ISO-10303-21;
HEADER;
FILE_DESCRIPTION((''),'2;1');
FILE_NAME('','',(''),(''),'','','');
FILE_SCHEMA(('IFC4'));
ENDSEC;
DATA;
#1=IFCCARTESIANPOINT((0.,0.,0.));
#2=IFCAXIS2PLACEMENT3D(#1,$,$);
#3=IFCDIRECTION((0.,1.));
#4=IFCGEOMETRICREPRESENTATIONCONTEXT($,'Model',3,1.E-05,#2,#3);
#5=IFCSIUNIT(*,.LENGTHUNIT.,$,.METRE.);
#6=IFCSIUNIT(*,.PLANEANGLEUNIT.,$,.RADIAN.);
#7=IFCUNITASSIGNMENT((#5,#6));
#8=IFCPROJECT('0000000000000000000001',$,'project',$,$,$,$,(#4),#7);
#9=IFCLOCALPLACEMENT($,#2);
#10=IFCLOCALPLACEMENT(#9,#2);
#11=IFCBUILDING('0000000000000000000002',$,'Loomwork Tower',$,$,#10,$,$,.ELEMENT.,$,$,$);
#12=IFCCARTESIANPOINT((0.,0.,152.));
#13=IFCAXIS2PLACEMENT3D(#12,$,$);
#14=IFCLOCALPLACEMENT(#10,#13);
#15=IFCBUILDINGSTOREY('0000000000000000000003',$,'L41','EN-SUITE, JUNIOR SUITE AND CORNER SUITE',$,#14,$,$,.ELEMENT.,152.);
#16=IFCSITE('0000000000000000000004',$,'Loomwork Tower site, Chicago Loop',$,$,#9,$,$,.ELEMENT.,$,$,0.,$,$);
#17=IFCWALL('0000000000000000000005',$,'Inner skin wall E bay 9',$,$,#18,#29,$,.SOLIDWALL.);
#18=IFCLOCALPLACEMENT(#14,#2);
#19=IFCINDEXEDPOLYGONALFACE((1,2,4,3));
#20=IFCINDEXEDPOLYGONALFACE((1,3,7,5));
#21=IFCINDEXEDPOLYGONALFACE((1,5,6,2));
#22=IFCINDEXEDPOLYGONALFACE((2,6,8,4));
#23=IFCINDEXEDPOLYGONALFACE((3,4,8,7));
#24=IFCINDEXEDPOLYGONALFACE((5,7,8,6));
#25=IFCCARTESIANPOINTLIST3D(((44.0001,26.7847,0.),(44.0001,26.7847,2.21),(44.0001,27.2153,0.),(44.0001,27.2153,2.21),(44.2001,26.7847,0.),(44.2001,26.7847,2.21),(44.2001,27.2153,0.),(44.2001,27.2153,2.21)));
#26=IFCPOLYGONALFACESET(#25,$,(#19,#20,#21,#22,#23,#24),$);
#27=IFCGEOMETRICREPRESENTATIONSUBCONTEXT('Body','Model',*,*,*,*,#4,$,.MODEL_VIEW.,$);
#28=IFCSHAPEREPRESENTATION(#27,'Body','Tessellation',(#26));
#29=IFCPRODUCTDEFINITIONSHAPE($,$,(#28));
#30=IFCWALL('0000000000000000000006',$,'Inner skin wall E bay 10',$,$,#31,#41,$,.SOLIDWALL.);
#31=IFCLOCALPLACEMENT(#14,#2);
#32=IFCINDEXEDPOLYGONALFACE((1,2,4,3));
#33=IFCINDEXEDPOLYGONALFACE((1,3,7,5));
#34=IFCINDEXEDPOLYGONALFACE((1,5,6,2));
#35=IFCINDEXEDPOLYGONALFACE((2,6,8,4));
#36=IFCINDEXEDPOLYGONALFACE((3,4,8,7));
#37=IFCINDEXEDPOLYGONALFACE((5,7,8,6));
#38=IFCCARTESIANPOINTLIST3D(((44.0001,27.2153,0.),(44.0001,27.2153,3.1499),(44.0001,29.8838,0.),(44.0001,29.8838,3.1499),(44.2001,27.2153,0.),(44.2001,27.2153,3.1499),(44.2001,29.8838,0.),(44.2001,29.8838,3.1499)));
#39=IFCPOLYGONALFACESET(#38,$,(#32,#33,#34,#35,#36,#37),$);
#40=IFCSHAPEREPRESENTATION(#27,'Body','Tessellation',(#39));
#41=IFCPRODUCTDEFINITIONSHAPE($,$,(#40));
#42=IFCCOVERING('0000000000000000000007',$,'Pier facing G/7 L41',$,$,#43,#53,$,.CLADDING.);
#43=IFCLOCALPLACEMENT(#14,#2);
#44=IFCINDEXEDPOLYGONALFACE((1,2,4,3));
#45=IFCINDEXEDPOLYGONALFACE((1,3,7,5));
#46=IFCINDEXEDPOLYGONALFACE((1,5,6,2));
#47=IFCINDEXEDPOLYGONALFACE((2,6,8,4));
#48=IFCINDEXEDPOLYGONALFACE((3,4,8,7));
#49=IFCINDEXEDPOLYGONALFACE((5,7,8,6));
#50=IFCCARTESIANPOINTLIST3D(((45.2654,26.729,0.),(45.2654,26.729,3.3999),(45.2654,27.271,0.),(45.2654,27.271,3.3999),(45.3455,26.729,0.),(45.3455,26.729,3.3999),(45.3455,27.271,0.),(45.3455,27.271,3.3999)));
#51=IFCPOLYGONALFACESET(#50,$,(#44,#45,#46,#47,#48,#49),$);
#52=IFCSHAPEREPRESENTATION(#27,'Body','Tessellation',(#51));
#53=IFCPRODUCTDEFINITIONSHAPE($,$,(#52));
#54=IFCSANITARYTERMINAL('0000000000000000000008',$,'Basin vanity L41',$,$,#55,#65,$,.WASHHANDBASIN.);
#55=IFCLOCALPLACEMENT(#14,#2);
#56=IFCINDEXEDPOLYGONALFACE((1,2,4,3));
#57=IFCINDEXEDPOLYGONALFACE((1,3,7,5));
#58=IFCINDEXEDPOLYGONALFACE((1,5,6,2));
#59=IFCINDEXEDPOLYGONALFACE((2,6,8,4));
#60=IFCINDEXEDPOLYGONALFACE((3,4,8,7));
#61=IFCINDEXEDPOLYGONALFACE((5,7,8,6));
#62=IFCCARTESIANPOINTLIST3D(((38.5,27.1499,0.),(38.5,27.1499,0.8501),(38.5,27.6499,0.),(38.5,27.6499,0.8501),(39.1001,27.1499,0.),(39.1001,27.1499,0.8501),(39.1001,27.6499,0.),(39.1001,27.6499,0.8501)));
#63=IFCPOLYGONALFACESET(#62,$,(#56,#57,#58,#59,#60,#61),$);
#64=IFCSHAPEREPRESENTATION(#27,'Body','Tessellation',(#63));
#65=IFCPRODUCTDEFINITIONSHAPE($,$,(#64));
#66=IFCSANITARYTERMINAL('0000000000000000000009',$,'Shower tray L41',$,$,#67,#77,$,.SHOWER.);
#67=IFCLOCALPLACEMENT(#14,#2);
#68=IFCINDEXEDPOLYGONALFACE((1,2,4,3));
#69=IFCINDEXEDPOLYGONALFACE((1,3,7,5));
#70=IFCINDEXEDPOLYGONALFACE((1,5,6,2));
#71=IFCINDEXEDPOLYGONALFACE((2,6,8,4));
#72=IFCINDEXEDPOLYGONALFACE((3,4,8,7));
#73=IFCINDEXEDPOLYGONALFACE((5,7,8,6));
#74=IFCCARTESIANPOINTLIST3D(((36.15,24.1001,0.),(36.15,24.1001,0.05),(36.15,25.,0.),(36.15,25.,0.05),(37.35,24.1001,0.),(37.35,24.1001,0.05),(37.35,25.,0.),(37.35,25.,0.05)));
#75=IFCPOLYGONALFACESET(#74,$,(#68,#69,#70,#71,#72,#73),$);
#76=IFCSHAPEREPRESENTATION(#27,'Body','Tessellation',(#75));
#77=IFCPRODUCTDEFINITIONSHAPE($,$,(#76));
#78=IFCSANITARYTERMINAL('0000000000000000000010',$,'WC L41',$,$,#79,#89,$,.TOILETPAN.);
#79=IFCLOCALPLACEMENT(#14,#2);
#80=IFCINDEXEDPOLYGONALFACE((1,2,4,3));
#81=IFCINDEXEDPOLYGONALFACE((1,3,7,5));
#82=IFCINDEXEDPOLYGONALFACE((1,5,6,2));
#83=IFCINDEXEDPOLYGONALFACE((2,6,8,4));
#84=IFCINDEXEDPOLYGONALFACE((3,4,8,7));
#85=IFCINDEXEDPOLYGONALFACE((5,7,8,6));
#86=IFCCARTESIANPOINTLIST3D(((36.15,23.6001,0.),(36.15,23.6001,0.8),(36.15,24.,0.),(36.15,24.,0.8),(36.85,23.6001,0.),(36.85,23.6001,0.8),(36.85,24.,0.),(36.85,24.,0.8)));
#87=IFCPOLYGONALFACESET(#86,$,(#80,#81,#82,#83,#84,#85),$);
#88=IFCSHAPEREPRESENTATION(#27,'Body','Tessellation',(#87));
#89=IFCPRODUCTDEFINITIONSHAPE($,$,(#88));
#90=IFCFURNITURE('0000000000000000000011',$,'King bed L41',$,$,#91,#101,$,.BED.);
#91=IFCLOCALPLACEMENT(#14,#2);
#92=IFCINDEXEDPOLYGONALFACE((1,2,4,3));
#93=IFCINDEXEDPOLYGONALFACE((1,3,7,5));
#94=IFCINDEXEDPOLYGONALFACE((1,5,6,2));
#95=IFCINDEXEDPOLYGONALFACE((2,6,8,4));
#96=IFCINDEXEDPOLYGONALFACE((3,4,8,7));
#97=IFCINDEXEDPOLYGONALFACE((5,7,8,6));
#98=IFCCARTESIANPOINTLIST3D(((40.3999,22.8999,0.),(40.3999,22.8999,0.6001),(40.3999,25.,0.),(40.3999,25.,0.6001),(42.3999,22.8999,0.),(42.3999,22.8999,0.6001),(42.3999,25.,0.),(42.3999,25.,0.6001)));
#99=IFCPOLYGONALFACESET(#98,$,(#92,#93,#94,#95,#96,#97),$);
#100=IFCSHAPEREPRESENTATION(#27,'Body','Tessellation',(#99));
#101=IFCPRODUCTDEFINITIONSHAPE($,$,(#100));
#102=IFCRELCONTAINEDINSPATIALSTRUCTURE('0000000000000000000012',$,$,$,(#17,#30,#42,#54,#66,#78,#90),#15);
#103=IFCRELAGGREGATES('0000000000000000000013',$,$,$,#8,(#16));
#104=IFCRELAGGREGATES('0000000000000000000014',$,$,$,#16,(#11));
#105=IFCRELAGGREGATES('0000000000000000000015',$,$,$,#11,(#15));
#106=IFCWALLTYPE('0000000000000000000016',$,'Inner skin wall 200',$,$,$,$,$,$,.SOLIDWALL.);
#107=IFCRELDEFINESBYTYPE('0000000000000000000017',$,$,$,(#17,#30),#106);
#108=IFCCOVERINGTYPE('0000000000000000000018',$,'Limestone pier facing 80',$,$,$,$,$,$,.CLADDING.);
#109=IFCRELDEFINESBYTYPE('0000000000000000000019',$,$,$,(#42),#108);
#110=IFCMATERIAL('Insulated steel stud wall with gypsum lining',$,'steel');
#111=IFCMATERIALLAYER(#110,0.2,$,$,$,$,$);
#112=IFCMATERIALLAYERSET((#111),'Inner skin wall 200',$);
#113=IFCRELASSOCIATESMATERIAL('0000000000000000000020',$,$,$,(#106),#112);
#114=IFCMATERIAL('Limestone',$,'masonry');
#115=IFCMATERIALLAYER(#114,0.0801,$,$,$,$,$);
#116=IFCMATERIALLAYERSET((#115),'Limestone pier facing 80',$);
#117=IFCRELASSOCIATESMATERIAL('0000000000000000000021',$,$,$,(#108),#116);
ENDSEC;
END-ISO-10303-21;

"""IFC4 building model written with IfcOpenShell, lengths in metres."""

from ifc_helpers import new_model, si_unit, direction, frame, frame_2d, origin, origin_2d, place, context, subcontext, project, spatial, rectangle, extrude, material, layer, layer_set, type_object, element, save


model = new_model("IFC4")

# Units and contexts
model_context = context("Model", 3, precision=1e-05, world=origin(), true_north=direction((0.0, 1.0)))
body_context = subcontext(model_context, "Body", "Model", "MODEL_VIEW")
ifc_project = project(units=[si_unit("LENGTHUNIT", "METRE"), si_unit("PLANEANGLEUNIT", "RADIAN")], contexts=[model_context])

# Site, building, storey
site_placement = place(None, origin())
site = spatial("IfcSite", under=ifc_project, at=site_placement, Name="Loomwork Tower site, Chicago Loop", CompositionType="ELEMENT", RefElevation=0.0)
building_placement = place(site_placement, origin())
building = spatial("IfcBuilding", under=site, at=building_placement, Name="Loomwork Tower", CompositionType="ELEMENT")
storey_placement = place(building_placement, frame((0.0, 0.0, 152.0)))
storey = spatial("IfcBuildingStorey", under=building, at=storey_placement, Name="L41", Description="EN-SUITE, JUNIOR SUITE AND CORNER SUITE", CompositionType="ELEMENT", Elevation=152.0)

# Walls
ifc_material_1 = material(Name="Insulated steel stud wall with gypsum lining", Category="steel")
ifc_layer_1 = layer(ifc_material_1, 0.2)
ifc_layer_set_1 = layer_set([ifc_layer_1], Name="Inner skin wall 200")
wall_type_1 = type_object("IfcWallType", Name="Inner skin wall 200", PredefinedType="SOLIDWALL", material=ifc_layer_set_1)
wall_1_placement = place(storey_placement, frame((44.1001, 26.7847, 0.0), z_axis=(0.0, 0.0, 1.0), x_axis=(0.0, 1.0, 0.0)))
element("IfcWall", 1, at=wall_1_placement, inside=storey, type_object=wall_type_1, Name="Inner skin wall E bay 9", PredefinedType="SOLIDWALL", context=body_context, shape_type="SweptSolid", body=[
    extrude(rectangle(XDim=0.4307, YDim=0.2, at=frame_2d((0.2153, 0.0))), origin(), (0.0, 0.0, 1.0), 2.21),
])
wall_2_placement = place(storey_placement, frame((44.1001, 27.2153, 0.0), z_axis=(0.0, 0.0, 1.0), x_axis=(0.0, 1.0, 0.0)))
element("IfcWall", 2, at=wall_2_placement, inside=storey, type_object=wall_type_1, Name="Inner skin wall E bay 10", PredefinedType="SOLIDWALL", context=body_context, shape_type="SweptSolid", body=[
    extrude(rectangle(XDim=2.6685, YDim=0.2, at=frame_2d((1.3342, 0.0))), origin(), (0.0, 0.0, 1.0), 3.1499),
])

# Covering
ifc_material_2 = material(Name="Limestone", Category="masonry")
ifc_layer_2 = layer(ifc_material_2, 0.0801)
ifc_layer_set_2 = layer_set([ifc_layer_2], Name="Limestone pier facing 80")
covering_type = type_object("IfcCoveringType", Name="Limestone pier facing 80", PredefinedType="CLADDING", material=ifc_layer_set_2)
covering_placement = place(storey_placement, frame((45.3054, 27.0, 0.0), z_axis=(0.0, 0.0, 1.0), x_axis=(1.0, 0.0, 0.0)))
element("IfcCovering", 3, at=covering_placement, inside=storey, type_object=covering_type, Name="Pier facing G/7 L41", PredefinedType="CLADDING", context=body_context, shape_type="SweptSolid", body=[
    extrude(rectangle(XDim=0.0801, YDim=0.542, at=origin_2d()), origin(), (0.0, 0.0, 1.0), 3.3999),
])

# Sanitary terminals
sanitary_terminal_1_placement = place(storey_placement, frame((38.8, 27.3999, 0.0), z_axis=(0.0, 0.0, 1.0), x_axis=(1.0, 0.0, 0.0)))
element("IfcSanitaryTerminal", 4, at=sanitary_terminal_1_placement, inside=storey, Name="Basin vanity L41", PredefinedType="WASHHANDBASIN", context=body_context, shape_type="SweptSolid", body=[
    extrude(rectangle(XDim=0.6001, YDim=0.5, at=origin_2d()), origin(), (0.0, 0.0, 1.0), 0.8501),
])
sanitary_terminal_2_placement = place(storey_placement, frame((36.75, 24.55, 0.0), z_axis=(0.0, 0.0, 1.0), x_axis=(1.0, 0.0, 0.0)))
element("IfcSanitaryTerminal", 5, at=sanitary_terminal_2_placement, inside=storey, Name="Shower tray L41", PredefinedType="SHOWER", context=body_context, shape_type="SweptSolid", body=[
    extrude(rectangle(XDim=1.2, YDim=0.8999, at=origin_2d()), origin(), (0.0, 0.0, 1.0), 0.05),
])
sanitary_terminal_3_placement = place(storey_placement, frame((36.5, 23.8, 0.0), z_axis=(0.0, 0.0, 1.0), x_axis=(1.0, 0.0, 0.0)))
element("IfcSanitaryTerminal", 6, at=sanitary_terminal_3_placement, inside=storey, Name="WC L41", PredefinedType="TOILETPAN", context=body_context, shape_type="SweptSolid", body=[
    extrude(rectangle(XDim=0.7, YDim=0.3999, at=origin_2d()), origin(), (0.0, 0.0, 1.0), 0.8),
])

# Furniture
furniture_placement = place(storey_placement, frame((41.3999, 23.95, 0.0), z_axis=(0.0, 0.0, 1.0), x_axis=(1.0, 0.0, 0.0)))
element("IfcFurniture", 7, at=furniture_placement, inside=storey, Name="King bed L41", PredefinedType="BED", context=body_context, shape_type="SweptSolid", body=[
    extrude(rectangle(XDim=2.0, YDim=2.1001, at=origin_2d()), origin(), (0.0, 0.0, 1.0), 0.6001),
])

save(model, "model.ifc")
